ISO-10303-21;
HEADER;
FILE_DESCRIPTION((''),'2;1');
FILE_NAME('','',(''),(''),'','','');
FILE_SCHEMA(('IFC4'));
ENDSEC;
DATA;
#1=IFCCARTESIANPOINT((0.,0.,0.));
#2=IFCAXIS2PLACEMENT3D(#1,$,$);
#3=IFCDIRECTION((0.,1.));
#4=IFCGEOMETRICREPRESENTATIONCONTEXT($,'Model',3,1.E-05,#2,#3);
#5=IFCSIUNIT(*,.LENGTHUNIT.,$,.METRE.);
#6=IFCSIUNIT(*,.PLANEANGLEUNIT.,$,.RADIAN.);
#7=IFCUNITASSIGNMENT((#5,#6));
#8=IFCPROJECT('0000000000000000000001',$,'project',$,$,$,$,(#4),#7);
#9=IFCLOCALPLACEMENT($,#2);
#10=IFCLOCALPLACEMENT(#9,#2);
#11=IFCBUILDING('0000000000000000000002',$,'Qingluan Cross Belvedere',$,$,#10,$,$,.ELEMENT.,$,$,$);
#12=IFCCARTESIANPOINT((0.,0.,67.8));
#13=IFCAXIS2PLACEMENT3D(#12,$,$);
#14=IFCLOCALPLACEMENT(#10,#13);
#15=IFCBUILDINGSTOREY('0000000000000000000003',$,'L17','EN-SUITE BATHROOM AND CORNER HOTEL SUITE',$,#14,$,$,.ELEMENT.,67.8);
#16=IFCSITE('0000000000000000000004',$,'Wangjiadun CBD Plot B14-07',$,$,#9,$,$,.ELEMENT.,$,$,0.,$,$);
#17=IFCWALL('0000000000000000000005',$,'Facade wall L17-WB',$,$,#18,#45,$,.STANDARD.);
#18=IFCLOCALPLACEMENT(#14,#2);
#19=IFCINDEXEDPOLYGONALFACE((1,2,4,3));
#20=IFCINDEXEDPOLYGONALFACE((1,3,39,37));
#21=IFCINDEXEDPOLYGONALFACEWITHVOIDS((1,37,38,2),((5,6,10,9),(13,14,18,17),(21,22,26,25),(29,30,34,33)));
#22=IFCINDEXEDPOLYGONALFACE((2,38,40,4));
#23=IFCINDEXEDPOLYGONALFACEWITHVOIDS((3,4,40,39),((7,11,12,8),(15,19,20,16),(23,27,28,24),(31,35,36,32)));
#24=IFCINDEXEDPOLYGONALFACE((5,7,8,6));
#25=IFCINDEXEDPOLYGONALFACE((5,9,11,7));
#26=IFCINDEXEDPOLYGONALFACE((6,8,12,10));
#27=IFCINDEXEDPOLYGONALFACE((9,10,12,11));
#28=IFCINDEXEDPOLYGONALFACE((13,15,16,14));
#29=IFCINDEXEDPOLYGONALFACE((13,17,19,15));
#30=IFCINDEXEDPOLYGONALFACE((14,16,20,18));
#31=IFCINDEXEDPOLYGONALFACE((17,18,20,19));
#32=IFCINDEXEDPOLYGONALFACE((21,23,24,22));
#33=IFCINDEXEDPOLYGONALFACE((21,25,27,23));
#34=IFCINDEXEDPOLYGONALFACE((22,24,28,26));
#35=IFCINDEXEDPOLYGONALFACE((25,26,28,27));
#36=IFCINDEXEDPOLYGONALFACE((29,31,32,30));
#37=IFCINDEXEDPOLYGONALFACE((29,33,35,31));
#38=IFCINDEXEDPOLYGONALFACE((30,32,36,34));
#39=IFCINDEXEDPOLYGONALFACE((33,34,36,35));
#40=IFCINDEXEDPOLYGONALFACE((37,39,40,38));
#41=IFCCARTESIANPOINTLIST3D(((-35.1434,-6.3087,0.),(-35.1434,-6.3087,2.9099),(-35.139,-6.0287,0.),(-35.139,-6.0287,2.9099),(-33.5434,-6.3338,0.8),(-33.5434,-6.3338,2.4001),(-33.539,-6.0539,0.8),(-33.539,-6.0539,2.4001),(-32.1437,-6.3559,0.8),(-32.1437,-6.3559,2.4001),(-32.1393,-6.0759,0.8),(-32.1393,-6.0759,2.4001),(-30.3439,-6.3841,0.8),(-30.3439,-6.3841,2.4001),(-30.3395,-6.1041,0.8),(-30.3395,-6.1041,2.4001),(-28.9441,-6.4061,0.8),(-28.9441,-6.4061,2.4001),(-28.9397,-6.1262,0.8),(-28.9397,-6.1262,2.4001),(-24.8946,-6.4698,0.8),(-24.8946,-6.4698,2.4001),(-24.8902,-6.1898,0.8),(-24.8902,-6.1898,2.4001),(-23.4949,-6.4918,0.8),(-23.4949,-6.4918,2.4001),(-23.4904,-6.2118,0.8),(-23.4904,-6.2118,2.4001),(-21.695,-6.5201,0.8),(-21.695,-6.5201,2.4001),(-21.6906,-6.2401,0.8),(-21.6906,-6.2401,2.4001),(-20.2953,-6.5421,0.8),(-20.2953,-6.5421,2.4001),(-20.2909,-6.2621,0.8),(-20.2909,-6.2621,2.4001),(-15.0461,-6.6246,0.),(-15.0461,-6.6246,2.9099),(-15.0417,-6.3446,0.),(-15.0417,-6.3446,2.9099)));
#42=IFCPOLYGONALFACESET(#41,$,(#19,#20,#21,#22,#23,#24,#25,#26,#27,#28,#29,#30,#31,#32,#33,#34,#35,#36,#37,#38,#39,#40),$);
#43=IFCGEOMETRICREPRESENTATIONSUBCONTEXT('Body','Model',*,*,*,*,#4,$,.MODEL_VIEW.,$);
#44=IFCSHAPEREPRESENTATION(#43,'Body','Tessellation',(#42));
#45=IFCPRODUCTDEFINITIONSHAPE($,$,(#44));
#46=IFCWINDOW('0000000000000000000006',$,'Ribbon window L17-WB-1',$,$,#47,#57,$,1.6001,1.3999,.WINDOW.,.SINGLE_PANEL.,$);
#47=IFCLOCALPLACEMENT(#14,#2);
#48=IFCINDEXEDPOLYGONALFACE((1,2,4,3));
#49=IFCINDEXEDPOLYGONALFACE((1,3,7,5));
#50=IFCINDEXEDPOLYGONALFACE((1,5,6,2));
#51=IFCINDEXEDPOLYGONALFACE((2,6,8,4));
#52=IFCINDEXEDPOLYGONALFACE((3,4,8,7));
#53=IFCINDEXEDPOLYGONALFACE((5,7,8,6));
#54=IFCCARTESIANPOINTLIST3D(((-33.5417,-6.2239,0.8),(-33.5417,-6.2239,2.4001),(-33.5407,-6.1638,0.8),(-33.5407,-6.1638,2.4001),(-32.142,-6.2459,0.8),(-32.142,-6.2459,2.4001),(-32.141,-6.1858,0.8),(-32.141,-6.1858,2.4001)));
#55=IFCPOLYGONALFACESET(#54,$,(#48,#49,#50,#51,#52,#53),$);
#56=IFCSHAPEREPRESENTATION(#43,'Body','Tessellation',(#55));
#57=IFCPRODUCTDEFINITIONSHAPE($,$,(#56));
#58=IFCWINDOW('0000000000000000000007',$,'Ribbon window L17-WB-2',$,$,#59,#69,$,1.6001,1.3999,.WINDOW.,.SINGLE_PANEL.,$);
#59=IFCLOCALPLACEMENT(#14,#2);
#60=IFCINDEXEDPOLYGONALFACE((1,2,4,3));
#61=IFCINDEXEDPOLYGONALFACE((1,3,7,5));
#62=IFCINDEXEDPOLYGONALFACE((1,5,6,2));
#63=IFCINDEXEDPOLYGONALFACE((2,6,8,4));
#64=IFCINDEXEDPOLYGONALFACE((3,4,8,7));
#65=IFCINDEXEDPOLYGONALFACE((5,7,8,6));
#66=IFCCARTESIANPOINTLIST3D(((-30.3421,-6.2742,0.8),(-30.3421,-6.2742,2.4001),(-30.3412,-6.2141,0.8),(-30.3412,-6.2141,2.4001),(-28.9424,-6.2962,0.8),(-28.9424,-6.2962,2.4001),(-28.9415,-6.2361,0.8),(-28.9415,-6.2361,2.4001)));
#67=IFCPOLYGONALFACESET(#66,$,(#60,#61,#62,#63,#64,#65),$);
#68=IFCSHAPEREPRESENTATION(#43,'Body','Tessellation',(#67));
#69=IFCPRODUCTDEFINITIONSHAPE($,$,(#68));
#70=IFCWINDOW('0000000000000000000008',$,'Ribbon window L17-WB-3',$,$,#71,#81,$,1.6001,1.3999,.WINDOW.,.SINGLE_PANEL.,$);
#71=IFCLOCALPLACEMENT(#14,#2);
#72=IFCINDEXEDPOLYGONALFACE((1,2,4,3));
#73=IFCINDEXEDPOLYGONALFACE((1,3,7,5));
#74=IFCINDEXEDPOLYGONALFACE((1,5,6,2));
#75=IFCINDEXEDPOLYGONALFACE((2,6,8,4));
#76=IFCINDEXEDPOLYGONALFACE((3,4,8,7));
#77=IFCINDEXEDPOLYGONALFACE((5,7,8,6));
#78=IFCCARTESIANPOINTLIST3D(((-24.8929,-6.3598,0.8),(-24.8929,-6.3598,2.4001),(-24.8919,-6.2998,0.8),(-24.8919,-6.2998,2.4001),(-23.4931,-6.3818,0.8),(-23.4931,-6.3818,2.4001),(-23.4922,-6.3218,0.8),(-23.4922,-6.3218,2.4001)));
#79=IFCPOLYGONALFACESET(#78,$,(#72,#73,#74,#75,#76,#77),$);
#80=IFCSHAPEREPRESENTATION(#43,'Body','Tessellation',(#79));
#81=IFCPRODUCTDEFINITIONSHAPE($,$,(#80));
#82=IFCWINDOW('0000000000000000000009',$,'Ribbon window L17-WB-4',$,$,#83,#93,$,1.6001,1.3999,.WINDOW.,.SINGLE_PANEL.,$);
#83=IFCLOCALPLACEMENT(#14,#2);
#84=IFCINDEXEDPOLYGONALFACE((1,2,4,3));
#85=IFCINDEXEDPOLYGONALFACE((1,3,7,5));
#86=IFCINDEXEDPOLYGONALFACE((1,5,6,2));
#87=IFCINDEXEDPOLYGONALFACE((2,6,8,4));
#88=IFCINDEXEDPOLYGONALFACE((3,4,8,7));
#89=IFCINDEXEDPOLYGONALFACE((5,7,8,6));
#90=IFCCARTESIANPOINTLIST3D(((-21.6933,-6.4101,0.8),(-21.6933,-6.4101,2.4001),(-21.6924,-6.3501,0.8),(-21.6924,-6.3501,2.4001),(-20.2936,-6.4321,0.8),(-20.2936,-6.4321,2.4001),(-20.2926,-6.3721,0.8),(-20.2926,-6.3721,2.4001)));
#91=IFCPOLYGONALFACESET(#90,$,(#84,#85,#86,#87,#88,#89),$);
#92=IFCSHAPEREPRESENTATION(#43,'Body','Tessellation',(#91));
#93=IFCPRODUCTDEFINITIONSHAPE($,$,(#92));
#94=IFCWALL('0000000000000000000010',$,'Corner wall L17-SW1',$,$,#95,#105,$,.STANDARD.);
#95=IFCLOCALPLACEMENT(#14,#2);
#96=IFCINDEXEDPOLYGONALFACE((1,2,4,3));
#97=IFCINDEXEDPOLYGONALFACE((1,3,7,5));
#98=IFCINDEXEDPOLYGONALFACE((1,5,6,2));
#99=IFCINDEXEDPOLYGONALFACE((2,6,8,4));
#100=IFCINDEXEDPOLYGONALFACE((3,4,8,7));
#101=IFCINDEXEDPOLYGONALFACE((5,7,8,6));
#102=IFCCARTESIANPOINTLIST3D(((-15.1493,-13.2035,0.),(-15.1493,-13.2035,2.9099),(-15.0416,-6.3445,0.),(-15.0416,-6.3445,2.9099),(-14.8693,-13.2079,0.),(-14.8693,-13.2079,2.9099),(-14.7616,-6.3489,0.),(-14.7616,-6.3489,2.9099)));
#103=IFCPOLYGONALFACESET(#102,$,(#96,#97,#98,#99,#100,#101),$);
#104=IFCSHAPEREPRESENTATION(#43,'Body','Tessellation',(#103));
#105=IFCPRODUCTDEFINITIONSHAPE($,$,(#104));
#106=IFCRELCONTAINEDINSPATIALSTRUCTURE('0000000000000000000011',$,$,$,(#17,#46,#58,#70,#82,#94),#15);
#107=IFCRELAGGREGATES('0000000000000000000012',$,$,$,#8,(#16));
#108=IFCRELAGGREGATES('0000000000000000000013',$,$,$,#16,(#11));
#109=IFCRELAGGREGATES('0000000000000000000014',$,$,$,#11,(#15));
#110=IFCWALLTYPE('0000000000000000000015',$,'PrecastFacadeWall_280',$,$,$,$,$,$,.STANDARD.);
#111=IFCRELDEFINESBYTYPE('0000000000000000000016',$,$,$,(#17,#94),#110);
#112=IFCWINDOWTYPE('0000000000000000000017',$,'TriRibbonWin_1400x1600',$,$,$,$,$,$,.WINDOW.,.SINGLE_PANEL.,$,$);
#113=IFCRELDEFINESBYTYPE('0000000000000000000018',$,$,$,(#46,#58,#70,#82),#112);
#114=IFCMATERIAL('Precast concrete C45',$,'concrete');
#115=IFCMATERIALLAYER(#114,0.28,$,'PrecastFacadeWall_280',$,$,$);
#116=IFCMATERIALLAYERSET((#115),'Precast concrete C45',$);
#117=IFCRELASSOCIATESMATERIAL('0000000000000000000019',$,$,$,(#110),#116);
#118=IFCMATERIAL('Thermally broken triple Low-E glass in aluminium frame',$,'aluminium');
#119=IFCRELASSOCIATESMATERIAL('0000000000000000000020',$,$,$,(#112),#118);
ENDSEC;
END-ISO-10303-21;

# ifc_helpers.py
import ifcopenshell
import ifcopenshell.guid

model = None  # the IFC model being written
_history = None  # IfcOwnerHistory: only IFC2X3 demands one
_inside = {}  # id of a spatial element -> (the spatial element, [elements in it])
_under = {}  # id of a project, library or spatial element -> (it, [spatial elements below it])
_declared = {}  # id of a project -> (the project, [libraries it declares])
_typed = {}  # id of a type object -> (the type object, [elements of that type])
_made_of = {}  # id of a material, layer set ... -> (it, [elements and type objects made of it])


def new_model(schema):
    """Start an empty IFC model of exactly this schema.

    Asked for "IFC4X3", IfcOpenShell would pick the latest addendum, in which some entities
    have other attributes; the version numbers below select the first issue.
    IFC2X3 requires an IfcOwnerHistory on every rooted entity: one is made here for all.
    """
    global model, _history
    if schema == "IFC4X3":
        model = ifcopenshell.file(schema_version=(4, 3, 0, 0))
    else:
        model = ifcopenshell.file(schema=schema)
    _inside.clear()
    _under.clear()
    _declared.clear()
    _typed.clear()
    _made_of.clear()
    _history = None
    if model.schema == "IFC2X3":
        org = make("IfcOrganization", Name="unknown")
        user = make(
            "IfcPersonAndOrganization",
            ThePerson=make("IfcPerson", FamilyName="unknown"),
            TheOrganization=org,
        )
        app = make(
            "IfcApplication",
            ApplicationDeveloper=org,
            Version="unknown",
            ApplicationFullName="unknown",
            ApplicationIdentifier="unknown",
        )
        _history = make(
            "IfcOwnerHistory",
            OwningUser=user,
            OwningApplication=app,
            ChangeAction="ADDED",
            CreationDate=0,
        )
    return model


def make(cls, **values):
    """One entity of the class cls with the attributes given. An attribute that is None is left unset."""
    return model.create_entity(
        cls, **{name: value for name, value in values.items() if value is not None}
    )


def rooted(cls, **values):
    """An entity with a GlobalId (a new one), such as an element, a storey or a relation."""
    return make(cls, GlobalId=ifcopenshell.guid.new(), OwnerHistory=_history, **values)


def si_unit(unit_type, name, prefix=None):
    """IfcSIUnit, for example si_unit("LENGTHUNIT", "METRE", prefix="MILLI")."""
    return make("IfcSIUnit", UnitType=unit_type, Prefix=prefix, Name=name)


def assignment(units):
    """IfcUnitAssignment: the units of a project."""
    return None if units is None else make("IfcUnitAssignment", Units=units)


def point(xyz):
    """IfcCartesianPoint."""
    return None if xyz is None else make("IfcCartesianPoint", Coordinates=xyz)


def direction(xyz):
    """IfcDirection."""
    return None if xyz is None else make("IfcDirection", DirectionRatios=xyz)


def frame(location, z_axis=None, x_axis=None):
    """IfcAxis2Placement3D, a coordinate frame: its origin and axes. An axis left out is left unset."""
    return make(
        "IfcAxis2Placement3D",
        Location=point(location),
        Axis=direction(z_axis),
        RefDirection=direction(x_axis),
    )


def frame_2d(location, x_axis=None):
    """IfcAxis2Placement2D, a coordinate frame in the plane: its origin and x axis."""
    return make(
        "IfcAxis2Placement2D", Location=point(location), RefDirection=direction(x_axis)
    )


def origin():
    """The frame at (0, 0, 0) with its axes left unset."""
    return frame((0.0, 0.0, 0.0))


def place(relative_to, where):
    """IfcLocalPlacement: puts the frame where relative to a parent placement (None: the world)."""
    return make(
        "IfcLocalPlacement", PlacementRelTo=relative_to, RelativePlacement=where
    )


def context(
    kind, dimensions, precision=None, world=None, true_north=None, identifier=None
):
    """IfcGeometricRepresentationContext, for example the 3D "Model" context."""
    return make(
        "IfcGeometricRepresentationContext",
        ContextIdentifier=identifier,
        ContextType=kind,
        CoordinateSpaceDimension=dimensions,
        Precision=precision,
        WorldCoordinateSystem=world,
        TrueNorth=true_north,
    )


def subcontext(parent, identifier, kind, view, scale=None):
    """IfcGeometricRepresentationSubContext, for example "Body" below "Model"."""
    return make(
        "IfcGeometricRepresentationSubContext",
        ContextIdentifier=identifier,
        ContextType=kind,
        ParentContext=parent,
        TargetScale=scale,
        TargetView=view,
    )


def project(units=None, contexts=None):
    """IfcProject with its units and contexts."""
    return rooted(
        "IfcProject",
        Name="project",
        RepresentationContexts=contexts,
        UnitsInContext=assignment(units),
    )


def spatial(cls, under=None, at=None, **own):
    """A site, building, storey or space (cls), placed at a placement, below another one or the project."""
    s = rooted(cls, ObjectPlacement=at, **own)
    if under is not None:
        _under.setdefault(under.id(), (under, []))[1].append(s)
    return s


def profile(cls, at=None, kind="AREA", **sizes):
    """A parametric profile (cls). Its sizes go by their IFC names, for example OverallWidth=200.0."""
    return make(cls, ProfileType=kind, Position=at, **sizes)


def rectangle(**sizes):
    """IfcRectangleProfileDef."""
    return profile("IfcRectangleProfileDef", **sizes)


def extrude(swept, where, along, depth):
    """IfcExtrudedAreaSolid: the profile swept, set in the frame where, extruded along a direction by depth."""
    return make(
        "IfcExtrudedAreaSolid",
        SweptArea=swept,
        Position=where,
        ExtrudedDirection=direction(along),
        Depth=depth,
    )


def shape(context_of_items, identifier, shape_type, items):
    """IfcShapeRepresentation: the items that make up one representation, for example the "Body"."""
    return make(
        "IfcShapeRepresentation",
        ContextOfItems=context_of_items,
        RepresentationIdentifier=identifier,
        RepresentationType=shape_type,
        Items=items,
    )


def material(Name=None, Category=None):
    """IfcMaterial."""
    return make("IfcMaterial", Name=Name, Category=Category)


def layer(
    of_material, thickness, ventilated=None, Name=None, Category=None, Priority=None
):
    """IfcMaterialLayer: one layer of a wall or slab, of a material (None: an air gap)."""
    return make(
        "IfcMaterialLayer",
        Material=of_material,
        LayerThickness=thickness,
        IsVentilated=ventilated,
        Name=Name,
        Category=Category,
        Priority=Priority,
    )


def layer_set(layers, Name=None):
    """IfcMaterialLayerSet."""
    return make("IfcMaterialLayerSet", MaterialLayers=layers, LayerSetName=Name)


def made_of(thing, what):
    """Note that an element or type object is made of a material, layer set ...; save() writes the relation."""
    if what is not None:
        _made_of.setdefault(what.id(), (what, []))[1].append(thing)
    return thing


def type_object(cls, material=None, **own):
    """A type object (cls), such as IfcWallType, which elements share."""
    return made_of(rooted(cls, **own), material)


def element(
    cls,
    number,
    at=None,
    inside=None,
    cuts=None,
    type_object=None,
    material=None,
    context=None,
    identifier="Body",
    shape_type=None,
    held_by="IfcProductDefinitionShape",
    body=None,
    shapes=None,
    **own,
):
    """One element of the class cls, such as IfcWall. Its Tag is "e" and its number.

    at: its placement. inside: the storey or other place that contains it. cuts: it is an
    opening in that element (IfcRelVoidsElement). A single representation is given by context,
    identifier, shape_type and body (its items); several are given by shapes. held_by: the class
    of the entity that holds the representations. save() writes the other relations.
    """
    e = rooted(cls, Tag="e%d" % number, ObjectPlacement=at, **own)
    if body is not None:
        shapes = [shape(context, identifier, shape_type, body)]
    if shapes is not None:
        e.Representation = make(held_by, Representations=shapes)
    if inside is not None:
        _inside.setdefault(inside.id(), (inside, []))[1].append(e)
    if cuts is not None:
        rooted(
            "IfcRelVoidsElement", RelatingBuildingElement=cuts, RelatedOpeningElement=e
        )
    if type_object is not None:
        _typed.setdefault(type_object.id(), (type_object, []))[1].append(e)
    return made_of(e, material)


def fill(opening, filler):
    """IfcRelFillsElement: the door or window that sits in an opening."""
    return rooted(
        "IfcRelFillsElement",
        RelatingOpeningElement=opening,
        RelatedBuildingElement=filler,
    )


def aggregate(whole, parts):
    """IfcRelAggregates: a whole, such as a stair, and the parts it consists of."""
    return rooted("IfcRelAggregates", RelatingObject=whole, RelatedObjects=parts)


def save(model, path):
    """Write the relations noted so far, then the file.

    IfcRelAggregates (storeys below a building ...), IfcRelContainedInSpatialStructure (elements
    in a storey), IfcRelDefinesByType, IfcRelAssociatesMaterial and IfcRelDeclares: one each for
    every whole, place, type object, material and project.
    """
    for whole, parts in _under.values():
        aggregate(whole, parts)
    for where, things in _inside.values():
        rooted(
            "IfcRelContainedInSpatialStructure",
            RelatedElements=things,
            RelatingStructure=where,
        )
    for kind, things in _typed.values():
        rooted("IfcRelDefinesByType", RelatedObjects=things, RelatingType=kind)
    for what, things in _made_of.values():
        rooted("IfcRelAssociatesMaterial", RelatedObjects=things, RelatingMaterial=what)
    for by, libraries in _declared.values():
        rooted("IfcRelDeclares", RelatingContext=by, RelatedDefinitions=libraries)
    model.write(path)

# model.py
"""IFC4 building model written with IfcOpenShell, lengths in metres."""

from ifc_helpers import new_model, si_unit, direction, frame, frame_2d, origin, place, context, subcontext, project, spatial, rectangle, extrude, material, layer, layer_set, type_object, element, fill, save


model = new_model("IFC4")

# Units and contexts
model_context = context("Model", 3, precision=1e-05, world=origin(), true_north=direction((0.0, 1.0)))
body_context = subcontext(model_context, "Body", "Model", "MODEL_VIEW")
ifc_project = project(units=[si_unit("LENGTHUNIT", "METRE"), si_unit("PLANEANGLEUNIT", "RADIAN")], contexts=[model_context])

# Site, building, storey
site_placement = place(None, origin())
site = spatial("IfcSite", under=ifc_project, at=site_placement, Name="Wangjiadun CBD Plot B14-07", CompositionType="ELEMENT", RefElevation=0.0)
building_placement = place(site_placement, origin())
building = spatial("IfcBuilding", under=site, at=building_placement, Name="Qingluan Cross Belvedere", CompositionType="ELEMENT")
storey_placement = place(building_placement, frame((0.0, 0.0, 67.8)))
storey = spatial("IfcBuildingStorey", under=building, at=storey_placement, Name="L17", Description="EN-SUITE BATHROOM AND CORNER HOTEL SUITE", CompositionType="ELEMENT", Elevation=67.8)

# Wall, openings, windows
ifc_material_1 = material(Name="Precast concrete C45", Category="concrete")
ifc_layer_1 = layer(ifc_material_1, 0.28, Name="PrecastFacadeWall_280")
ifc_layer_set_1 = layer_set([ifc_layer_1], Name="Precast concrete C45")
wall_type_1 = type_object("IfcWallType", Name="PrecastFacadeWall_280", PredefinedType="STANDARD", material=ifc_layer_set_1)
wall_1_placement = place(storey_placement, frame((-35.1411, -6.1687, 0.0), z_axis=(0.0, 0.0, 1.0), x_axis=(0.999876, -0.015717, 0.0)))
wall_1 = element("IfcWall", 1, at=wall_1_placement, inside=storey, type_object=wall_type_1, Name="Facade wall L17-WB", PredefinedType="STANDARD", context=body_context, shape_type="SweptSolid", body=[
    extrude(rectangle(XDim=20.0999, YDim=0.28, at=frame_2d((10.0498, 0.0))), origin(), (0.0, 0.0, 1.0), 2.9099),
])
opening_1_placement = place(wall_1_placement, frame((1.6001, 0.0, 0.8)))
opening_1 = element("IfcOpeningElement", 2, at=opening_1_placement, cuts=wall_1, PredefinedType="OPENING", context=body_context, shape_type="SweptSolid", body=[
    extrude(rectangle(XDim=1.3999, YDim=1.6001, at=frame_2d((0.7, 0.8))), frame((0.0, 0.1499, 0.0), z_axis=(0.0, -1.0, 0.0), x_axis=(1.0, 0.0, 0.0)), (0.0, 0.0, 1.0), 0.3),
])
opening_2_placement = place(wall_1_placement, frame((4.8, 0.0, 0.8)))
opening_2 = element("IfcOpeningElement", 3, at=opening_2_placement, cuts=wall_1, PredefinedType="OPENING", context=body_context, shape_type="SweptSolid", body=[
    extrude(rectangle(XDim=1.3999, YDim=1.6001, at=frame_2d((0.7, 0.8))), frame((0.0, 0.1499, 0.0), z_axis=(0.0, -1.0, 0.0), x_axis=(1.0, 0.0, 0.0)), (0.0, 0.0, 1.0), 0.3),
])
opening_3_placement = place(wall_1_placement, frame((10.25, 0.0, 0.8)))
opening_3 = element("IfcOpeningElement", 4, at=opening_3_placement, cuts=wall_1, PredefinedType="OPENING", context=body_context, shape_type="SweptSolid", body=[
    extrude(rectangle(XDim=1.3999, YDim=1.6001, at=frame_2d((0.7, 0.8))), frame((0.0, 0.1499, 0.0), z_axis=(0.0, -1.0, 0.0), x_axis=(1.0, 0.0, 0.0)), (0.0, 0.0, 1.0), 0.3),
])
opening_4_placement = place(wall_1_placement, frame((13.45, 0.0, 0.8)))
opening_4 = element("IfcOpeningElement", 5, at=opening_4_placement, cuts=wall_1, PredefinedType="OPENING", context=body_context, shape_type="SweptSolid", body=[
    extrude(rectangle(XDim=1.3999, YDim=1.6001, at=frame_2d((0.7, 0.8))), frame((0.0, 0.1499, 0.0), z_axis=(0.0, -1.0, 0.0), x_axis=(1.0, 0.0, 0.0)), (0.0, 0.0, 1.0), 0.3),
])
ifc_material_2 = material(Name="Thermally broken triple Low-E glass in aluminium frame", Category="aluminium")
window_type = type_object("IfcWindowType", Name="TriRibbonWin_1400x1600", PartitioningType="SINGLE_PANEL", PredefinedType="WINDOW", material=ifc_material_2)
window_1_placement = place(opening_1_placement, origin())
window_1 = element("IfcWindow", 6, at=window_1_placement, inside=storey, type_object=window_type, Name="Ribbon window L17-WB-1", OverallHeight=1.6001, OverallWidth=1.3999, PartitioningType="SINGLE_PANEL", PredefinedType="WINDOW", context=body_context, shape_type="SweptSolid", body=[
    extrude(rectangle(XDim=1.3999, YDim=1.6001, at=frame_2d((0.7, 0.8))), frame((0.0, 0.03, 0.0), z_axis=(0.0, -1.0, 0.0), x_axis=(1.0, 0.0, 0.0)), (0.0, 0.0, 1.0), 0.0601),
])
fill(opening_1, window_1)
window_2_placement = place(opening_2_placement, origin())
window_2 = element("IfcWindow", 7, at=window_2_placement, inside=storey, type_object=window_type, Name="Ribbon window L17-WB-2", OverallHeight=1.6001, OverallWidth=1.3999, PartitioningType="SINGLE_PANEL", PredefinedType="WINDOW", context=body_context, shape_type="SweptSolid", body=[
    extrude(rectangle(XDim=1.3999, YDim=1.6001, at=frame_2d((0.7, 0.8))), frame((0.0, 0.03, 0.0), z_axis=(0.0, -1.0, 0.0), x_axis=(1.0, 0.0, 0.0)), (0.0, 0.0, 1.0), 0.0601),
])
fill(opening_2, window_2)
window_3_placement = place(opening_3_placement, origin())
window_3 = element("IfcWindow", 8, at=window_3_placement, inside=storey, type_object=window_type, Name="Ribbon window L17-WB-3", OverallHeight=1.6001, OverallWidth=1.3999, PartitioningType="SINGLE_PANEL", PredefinedType="WINDOW", context=body_context, shape_type="SweptSolid", body=[
    extrude(rectangle(XDim=1.3999, YDim=1.6001, at=frame_2d((0.7, 0.8))), frame((0.0, 0.03, 0.0), z_axis=(0.0, -1.0, 0.0), x_axis=(1.0, 0.0, 0.0)), (0.0, 0.0, 1.0), 0.0601),
])
fill(opening_3, window_3)
window_4_placement = place(opening_4_placement, origin())
window_4 = element("IfcWindow", 9, at=window_4_placement, inside=storey, type_object=window_type, Name="Ribbon window L17-WB-4", OverallHeight=1.6001, OverallWidth=1.3999, PartitioningType="SINGLE_PANEL", PredefinedType="WINDOW", context=body_context, shape_type="SweptSolid", body=[
    extrude(rectangle(XDim=1.3999, YDim=1.6001, at=frame_2d((0.7, 0.8))), frame((0.0, 0.03, 0.0), z_axis=(0.0, -1.0, 0.0), x_axis=(1.0, 0.0, 0.0)), (0.0, 0.0, 1.0), 0.0601),
])
fill(opening_4, window_4)

# Wall
wall_2_placement = place(storey_placement, frame((-14.9016, -6.3467, 0.0), z_axis=(0.0, 0.0, 1.0), x_axis=(-0.015695, -0.999877, 0.0)))
element("IfcWall", 10, at=wall_2_placement, inside=storey, type_object=wall_type_1, Name="Corner wall L17-SW1", PredefinedType="STANDARD", context=body_context, shape_type="SweptSolid", body=[
    extrude(rectangle(XDim=6.8599, YDim=0.28, at=frame_2d((3.4299, 0.0))), origin(), (0.0, 0.0, 1.0), 2.9099),
])

save(model, "model.ifc")
